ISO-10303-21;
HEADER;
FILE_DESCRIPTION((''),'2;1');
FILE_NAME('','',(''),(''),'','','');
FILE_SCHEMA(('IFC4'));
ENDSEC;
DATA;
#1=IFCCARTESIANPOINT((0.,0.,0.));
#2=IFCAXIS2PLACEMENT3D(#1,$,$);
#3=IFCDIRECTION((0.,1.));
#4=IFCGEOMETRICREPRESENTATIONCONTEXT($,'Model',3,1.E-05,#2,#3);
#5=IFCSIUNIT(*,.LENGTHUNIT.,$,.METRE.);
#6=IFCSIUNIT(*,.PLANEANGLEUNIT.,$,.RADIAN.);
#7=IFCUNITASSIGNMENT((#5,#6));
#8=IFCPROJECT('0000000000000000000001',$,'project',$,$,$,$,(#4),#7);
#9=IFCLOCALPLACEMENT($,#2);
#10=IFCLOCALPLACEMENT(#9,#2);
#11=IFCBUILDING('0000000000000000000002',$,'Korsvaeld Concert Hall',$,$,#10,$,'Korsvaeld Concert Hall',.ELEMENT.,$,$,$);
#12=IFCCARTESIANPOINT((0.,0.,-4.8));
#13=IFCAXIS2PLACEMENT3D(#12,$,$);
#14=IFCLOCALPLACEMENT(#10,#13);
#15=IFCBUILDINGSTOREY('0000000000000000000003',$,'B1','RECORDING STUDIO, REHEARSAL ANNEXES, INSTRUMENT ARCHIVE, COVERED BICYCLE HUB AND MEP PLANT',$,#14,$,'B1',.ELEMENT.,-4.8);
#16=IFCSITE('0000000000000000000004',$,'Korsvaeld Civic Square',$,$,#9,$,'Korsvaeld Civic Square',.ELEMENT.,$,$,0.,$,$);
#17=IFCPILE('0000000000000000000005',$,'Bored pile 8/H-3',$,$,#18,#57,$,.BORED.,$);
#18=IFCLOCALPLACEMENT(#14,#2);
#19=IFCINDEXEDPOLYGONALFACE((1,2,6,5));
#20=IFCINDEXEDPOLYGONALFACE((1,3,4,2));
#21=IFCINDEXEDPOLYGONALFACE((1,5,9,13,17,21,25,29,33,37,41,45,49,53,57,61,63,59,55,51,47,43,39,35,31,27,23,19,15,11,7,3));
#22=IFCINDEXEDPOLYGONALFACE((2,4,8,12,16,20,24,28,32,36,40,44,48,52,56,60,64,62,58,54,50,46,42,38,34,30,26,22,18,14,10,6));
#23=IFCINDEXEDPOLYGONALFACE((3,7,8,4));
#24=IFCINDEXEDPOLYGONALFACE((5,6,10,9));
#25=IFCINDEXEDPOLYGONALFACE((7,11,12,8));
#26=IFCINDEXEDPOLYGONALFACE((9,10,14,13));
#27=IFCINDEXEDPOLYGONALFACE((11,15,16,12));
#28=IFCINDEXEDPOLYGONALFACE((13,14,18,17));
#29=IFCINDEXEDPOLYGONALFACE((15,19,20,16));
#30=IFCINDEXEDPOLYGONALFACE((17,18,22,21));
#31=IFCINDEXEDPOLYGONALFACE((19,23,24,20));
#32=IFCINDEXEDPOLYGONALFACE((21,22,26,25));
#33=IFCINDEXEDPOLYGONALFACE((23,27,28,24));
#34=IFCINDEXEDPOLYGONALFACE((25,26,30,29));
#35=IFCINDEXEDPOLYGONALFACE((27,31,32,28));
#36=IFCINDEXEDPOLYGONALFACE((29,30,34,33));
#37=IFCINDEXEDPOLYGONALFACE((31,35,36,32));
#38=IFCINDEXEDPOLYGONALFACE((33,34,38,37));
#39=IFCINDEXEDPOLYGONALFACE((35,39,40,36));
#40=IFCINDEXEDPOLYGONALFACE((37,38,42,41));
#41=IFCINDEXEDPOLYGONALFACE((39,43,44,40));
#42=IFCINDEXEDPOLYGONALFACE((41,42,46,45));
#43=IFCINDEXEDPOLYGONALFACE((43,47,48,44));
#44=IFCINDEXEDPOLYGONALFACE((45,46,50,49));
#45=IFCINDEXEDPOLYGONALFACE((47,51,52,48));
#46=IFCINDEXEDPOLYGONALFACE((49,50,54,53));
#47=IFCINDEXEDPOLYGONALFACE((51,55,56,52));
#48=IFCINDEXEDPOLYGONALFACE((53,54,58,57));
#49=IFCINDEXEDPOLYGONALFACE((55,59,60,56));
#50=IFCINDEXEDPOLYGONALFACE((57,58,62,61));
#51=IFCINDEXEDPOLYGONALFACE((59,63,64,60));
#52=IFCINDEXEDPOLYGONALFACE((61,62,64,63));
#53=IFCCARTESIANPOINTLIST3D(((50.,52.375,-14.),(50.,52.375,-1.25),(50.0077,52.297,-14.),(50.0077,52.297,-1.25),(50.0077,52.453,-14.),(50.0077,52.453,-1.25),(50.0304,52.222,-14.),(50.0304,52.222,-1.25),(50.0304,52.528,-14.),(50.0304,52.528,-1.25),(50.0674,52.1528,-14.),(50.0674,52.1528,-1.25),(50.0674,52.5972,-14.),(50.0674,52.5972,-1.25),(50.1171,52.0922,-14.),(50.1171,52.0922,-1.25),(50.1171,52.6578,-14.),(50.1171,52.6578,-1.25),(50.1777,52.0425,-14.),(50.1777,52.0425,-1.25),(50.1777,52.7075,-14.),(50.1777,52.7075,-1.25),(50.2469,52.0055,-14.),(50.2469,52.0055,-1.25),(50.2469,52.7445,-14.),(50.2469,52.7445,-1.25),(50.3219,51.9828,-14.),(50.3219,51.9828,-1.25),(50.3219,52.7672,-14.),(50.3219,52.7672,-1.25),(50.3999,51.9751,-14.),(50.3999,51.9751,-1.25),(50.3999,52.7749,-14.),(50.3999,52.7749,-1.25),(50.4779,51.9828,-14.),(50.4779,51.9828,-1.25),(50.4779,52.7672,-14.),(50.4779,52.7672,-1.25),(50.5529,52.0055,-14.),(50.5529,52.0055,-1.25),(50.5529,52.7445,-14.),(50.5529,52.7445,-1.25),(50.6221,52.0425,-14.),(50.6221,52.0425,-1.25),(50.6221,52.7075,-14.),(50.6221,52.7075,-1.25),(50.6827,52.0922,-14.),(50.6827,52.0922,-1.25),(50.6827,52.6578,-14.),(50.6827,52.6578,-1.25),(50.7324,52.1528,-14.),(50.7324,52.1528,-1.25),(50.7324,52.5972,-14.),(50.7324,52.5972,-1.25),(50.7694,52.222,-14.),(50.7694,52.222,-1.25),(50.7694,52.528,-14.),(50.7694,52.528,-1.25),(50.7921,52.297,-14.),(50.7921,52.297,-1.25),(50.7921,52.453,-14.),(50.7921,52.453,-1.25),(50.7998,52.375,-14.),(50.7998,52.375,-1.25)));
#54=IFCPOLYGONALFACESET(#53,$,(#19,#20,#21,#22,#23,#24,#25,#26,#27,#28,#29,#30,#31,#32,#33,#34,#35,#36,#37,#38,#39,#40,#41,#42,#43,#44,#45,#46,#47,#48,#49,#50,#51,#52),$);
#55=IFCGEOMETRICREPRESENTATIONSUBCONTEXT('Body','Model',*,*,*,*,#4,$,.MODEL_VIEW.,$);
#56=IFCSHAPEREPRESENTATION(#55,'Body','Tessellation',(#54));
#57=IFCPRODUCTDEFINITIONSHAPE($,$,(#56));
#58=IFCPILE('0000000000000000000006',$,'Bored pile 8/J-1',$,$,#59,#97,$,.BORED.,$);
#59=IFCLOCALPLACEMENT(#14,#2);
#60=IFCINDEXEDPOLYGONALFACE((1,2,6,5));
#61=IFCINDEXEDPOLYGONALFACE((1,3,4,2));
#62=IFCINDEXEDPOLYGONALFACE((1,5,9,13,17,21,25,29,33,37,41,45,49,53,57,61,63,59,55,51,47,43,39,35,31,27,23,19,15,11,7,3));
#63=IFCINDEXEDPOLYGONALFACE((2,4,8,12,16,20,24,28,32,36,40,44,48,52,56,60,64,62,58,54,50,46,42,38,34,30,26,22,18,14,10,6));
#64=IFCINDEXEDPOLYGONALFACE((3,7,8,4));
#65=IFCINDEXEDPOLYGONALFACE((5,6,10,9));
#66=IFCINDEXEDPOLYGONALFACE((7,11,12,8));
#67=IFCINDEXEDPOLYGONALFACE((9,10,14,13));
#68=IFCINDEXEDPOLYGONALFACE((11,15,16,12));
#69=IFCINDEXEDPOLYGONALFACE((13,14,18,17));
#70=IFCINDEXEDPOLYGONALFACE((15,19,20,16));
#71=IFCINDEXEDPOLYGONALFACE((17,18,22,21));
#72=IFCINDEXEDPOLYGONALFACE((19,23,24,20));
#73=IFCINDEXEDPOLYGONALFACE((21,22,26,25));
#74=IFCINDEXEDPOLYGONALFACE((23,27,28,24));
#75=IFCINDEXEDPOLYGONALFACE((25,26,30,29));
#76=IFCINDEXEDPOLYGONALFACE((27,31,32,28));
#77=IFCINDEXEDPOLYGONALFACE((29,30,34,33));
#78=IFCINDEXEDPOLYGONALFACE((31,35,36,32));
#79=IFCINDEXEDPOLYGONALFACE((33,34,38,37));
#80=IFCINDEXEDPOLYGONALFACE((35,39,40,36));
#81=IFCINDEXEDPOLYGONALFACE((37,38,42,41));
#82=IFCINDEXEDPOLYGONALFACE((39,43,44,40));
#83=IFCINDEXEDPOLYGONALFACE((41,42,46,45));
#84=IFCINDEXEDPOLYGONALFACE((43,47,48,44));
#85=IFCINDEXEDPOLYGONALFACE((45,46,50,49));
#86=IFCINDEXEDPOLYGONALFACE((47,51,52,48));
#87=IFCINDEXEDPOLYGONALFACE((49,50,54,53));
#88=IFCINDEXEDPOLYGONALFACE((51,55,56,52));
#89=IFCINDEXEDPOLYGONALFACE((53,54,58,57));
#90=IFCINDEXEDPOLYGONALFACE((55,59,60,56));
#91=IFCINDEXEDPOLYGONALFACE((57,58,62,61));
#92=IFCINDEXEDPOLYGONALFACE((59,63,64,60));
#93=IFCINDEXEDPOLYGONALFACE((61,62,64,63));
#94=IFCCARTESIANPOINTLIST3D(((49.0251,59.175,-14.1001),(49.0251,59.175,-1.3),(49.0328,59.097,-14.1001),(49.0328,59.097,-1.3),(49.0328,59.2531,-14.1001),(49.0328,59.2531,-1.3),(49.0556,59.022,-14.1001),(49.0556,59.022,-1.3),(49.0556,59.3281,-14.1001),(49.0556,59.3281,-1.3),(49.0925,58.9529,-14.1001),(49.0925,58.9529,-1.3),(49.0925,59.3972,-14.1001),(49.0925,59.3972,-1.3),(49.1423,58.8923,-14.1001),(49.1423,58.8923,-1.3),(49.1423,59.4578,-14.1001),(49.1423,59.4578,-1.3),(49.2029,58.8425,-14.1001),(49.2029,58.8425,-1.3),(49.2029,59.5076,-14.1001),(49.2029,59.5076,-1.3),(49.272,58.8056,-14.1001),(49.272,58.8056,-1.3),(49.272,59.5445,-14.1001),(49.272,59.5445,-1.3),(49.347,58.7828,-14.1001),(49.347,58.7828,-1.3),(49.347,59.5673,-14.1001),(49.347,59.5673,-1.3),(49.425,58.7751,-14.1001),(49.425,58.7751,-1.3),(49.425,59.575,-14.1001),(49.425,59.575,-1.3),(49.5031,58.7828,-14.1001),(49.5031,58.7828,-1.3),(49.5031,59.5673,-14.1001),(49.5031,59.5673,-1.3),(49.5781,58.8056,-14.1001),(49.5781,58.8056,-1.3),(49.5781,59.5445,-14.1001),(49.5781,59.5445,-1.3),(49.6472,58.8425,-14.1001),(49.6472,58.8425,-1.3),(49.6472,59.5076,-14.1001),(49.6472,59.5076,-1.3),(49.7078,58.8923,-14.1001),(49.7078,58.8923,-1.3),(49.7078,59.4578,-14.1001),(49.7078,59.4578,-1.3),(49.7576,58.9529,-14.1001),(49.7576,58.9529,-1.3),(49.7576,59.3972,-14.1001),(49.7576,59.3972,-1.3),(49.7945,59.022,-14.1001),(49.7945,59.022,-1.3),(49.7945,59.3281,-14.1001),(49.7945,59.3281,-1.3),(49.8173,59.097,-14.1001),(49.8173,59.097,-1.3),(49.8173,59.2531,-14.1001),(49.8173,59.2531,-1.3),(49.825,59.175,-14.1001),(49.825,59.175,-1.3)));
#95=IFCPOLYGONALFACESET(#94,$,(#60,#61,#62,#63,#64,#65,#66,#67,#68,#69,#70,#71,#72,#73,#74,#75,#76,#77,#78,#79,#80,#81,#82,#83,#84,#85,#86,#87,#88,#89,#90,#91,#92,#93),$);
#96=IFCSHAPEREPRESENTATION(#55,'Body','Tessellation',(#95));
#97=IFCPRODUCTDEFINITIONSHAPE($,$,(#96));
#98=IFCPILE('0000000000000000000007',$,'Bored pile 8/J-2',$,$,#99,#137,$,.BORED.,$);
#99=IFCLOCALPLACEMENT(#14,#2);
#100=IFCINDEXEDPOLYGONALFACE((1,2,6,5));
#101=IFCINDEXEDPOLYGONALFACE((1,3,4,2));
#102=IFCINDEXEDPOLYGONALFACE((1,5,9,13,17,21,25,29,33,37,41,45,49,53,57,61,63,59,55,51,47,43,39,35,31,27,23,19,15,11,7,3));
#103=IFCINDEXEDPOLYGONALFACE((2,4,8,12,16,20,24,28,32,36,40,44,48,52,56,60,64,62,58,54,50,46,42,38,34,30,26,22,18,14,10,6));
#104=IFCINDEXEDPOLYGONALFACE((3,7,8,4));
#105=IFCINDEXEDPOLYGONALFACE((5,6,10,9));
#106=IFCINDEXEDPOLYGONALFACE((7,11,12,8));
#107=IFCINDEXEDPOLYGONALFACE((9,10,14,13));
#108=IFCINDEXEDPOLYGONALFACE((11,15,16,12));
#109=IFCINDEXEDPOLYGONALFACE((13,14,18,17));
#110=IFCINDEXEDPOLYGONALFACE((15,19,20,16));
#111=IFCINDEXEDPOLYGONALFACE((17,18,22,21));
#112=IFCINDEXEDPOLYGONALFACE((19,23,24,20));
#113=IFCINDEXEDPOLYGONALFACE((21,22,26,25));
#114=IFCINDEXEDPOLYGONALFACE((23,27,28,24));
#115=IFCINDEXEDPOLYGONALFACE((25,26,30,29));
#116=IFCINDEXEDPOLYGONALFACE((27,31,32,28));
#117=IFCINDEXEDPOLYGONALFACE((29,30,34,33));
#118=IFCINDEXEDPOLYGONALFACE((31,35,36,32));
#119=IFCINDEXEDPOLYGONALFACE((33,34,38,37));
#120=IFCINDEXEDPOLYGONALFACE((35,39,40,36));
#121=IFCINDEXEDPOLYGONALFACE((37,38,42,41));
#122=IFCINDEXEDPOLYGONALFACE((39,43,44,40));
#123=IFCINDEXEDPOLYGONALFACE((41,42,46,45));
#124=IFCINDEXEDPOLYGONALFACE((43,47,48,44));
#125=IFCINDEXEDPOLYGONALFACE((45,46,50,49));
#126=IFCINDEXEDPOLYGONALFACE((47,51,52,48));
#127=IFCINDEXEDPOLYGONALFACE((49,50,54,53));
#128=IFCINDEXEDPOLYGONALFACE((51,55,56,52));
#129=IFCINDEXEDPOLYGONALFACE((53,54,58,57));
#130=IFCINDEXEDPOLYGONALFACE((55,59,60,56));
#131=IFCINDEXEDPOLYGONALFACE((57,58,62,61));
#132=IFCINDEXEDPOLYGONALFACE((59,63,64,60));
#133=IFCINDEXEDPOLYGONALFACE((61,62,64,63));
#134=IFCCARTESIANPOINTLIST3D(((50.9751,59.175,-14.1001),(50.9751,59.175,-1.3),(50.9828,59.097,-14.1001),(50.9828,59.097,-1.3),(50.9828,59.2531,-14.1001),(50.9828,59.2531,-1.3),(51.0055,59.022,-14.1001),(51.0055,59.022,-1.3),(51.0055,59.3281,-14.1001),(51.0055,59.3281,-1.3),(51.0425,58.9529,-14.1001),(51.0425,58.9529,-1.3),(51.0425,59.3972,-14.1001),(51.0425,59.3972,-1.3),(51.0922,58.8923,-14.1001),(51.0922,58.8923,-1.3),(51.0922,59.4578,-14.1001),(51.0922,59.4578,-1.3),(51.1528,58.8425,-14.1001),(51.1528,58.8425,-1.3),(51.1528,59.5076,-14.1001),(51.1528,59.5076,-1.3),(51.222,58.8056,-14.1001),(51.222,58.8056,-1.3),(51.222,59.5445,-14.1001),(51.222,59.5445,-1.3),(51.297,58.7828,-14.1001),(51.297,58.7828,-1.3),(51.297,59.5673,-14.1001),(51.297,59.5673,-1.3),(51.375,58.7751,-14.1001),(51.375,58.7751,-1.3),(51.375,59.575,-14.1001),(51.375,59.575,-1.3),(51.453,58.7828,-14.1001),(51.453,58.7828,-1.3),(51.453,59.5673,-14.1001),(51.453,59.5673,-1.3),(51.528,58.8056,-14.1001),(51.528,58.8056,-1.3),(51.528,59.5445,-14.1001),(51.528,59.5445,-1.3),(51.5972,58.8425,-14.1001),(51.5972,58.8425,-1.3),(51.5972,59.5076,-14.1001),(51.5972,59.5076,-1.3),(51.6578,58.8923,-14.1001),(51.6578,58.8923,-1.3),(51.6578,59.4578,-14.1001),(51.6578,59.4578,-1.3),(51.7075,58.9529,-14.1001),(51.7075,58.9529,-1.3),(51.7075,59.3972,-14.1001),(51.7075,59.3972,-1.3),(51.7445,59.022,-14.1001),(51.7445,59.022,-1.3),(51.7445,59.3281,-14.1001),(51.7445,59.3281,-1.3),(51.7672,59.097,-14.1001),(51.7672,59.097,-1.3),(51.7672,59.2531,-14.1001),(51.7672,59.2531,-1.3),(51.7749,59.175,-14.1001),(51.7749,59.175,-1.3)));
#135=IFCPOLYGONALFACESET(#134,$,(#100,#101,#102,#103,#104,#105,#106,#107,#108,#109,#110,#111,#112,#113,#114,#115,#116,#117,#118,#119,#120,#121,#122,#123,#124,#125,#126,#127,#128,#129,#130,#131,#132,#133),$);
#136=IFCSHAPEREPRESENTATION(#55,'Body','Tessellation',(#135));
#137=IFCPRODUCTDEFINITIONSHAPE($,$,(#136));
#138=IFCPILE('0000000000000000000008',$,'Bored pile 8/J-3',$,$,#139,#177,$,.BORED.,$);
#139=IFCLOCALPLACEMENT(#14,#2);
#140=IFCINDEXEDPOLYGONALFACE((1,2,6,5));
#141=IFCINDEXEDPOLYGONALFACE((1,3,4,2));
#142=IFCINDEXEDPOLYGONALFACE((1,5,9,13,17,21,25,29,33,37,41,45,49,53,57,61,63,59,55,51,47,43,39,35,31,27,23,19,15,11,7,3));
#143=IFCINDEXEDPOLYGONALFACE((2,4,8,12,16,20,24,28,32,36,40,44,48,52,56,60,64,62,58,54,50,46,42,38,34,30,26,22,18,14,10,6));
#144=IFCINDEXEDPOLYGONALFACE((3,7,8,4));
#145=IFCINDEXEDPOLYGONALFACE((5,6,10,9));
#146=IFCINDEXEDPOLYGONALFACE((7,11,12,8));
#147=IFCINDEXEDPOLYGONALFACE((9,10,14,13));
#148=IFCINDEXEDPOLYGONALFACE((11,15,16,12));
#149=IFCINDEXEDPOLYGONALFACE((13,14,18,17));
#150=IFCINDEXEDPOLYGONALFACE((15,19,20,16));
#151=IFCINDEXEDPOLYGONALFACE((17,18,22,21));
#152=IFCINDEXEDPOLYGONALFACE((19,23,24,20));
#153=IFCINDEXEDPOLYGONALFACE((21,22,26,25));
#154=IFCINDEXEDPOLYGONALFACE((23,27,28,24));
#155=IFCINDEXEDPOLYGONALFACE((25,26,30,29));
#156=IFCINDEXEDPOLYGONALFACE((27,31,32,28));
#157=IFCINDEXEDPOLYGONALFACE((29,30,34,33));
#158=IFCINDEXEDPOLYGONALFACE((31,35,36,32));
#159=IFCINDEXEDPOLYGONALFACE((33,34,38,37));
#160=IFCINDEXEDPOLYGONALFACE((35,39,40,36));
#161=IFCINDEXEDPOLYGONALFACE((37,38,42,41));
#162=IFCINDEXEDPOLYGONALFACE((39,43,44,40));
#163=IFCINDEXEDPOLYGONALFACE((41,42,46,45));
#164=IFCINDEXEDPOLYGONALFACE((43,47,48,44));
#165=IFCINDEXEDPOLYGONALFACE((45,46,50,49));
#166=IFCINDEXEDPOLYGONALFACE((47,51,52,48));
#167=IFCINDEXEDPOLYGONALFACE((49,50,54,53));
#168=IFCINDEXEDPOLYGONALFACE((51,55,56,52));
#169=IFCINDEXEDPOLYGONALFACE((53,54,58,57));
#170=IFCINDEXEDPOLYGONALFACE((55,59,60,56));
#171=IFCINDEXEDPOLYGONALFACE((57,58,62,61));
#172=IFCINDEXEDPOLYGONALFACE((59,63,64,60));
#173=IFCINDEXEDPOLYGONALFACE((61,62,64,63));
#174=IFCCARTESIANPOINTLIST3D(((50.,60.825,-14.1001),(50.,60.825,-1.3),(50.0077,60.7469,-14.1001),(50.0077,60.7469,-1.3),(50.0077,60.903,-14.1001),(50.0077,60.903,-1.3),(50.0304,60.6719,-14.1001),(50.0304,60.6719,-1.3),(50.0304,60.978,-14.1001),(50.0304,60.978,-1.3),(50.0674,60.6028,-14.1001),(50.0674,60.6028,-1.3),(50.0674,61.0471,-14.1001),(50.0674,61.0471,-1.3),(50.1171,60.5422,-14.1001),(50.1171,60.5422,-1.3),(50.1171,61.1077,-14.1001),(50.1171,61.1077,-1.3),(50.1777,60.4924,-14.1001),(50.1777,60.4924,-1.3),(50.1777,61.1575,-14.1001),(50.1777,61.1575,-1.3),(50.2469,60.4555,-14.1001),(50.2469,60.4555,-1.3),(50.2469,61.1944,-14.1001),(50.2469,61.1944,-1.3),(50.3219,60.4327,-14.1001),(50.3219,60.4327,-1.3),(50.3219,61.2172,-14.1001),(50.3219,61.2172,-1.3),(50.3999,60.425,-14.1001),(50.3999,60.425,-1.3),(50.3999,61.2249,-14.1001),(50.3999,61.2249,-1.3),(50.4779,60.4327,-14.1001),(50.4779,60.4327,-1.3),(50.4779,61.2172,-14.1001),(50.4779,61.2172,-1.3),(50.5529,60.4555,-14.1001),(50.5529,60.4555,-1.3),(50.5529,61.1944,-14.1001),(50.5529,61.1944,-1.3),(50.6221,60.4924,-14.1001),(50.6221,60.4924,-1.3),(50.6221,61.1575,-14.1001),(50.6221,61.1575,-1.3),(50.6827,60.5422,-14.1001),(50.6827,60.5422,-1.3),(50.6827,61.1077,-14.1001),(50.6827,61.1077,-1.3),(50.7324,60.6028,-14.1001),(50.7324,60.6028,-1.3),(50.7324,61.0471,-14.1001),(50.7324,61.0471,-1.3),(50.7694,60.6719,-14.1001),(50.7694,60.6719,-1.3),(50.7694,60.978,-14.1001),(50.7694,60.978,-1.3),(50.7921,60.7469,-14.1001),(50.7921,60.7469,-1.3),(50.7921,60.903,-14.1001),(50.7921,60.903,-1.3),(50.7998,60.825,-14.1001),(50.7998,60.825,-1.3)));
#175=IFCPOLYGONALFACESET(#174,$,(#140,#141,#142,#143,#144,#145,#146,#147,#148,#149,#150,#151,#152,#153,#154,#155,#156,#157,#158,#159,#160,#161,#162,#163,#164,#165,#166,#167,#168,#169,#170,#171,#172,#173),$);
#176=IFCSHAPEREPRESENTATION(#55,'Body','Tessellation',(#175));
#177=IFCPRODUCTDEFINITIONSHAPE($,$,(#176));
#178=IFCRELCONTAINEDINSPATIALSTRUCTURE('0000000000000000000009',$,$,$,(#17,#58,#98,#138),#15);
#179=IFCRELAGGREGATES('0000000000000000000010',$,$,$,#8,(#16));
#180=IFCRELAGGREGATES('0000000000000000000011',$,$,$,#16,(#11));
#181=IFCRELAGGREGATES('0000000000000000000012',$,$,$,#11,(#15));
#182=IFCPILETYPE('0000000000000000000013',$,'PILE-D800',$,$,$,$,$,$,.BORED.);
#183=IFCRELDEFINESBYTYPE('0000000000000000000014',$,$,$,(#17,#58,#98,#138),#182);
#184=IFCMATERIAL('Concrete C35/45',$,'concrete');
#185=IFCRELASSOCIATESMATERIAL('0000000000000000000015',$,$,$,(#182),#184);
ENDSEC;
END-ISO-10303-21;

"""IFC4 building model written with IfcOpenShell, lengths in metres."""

from ifc_helpers import new_model, si_unit, direction, frame, origin, origin_2d, place, context, subcontext, project, spatial, circle, extrude, material, material_profile, profile_set, type_object, element, save


model = new_model("IFC4")

# Units and contexts
model_context = context("Model", 3, precision=1e-05, world=origin(), true_north=direction((0.0, 1.0)))
body_context = subcontext(model_context, "Body", "Model", "MODEL_VIEW")
ifc_project = project(units=[si_unit("LENGTHUNIT", "METRE"), si_unit("PLANEANGLEUNIT", "RADIAN")], contexts=[model_context])

# Site, building, storey
site_placement = place(None, origin())
site = spatial("IfcSite", under=ifc_project, at=site_placement, Name="Korsvaeld Civic Square", LongName="Korsvaeld Civic Square", CompositionType="ELEMENT", RefElevation=0.0)
building_placement = place(site_placement, origin())
building = spatial("IfcBuilding", under=site, at=building_placement, Name="Korsvaeld Concert Hall", LongName="Korsvaeld Concert Hall", CompositionType="ELEMENT")
storey_placement = place(building_placement, frame((0.0, 0.0, -4.8)))
storey = spatial("IfcBuildingStorey", under=building, at=storey_placement, Name="B1", Description="RECORDING STUDIO, REHEARSAL ANNEXES, INSTRUMENT ARCHIVE, COVERED BICYCLE HUB AND MEP PLANT", LongName="B1", CompositionType="ELEMENT", Elevation=-4.8)

# Shared definitions
ifc_material_1 = material(Name="Concrete C35/45", Category="concrete")

# Piles
ifc_material_profile_1 = material_profile(ifc_material_1, circle(Radius=0.3999, at=origin_2d()), Name="BORED PILE D800")
ifc_profile_set_1 = profile_set([ifc_material_profile_1], Name="Concrete C35/45")
pile_type_1 = type_object("IfcPileType", Name="PILE-D800", PredefinedType="BORED", material=ifc_profile_set_1)
for number, where, z_axis, x_axis, name in (
    (1, (50.3999, 52.375, -1.25), (0.0, 0.0, -1.0), (1.0, 0.0, 0.0), "Bored pile 8/H-3"),
):
    element("IfcPile", number, at=place(storey_placement, frame(where, z_axis=z_axis, x_axis=x_axis)), inside=storey, type_object=pile_type_1, Name=name, PredefinedType="BORED", context=body_context, shape_type="SweptSolid", body=[
        extrude(circle(Radius=0.3999, at=origin_2d()), origin(), (0.0, 0.0, 1.0), 12.75),
    ])
for number, where, z_axis, x_axis, name in (
    (2, (49.425, 59.175, -1.3), (0.0, 0.0, -1.0), (1.0, 0.0, 0.0), "Bored pile 8/J-1"),
    (3, (51.375, 59.175, -1.3), (0.0, 0.0, -1.0), (1.0, 0.0, 0.0), "Bored pile 8/J-2"),
    (4, (50.3999, 60.825, -1.3), (0.0, 0.0, -1.0), (1.0, 0.0, 0.0), "Bored pile 8/J-3"),
):
    element("IfcPile", number, at=place(storey_placement, frame(where, z_axis=z_axis, x_axis=x_axis)), inside=storey, type_object=pile_type_1, Name=name, PredefinedType="BORED", context=body_context, shape_type="SweptSolid", body=[
        extrude(circle(Radius=0.3999, at=origin_2d()), origin(), (0.0, 0.0, 1.0), 12.8),
    ])

save(model, "model.ifc")
